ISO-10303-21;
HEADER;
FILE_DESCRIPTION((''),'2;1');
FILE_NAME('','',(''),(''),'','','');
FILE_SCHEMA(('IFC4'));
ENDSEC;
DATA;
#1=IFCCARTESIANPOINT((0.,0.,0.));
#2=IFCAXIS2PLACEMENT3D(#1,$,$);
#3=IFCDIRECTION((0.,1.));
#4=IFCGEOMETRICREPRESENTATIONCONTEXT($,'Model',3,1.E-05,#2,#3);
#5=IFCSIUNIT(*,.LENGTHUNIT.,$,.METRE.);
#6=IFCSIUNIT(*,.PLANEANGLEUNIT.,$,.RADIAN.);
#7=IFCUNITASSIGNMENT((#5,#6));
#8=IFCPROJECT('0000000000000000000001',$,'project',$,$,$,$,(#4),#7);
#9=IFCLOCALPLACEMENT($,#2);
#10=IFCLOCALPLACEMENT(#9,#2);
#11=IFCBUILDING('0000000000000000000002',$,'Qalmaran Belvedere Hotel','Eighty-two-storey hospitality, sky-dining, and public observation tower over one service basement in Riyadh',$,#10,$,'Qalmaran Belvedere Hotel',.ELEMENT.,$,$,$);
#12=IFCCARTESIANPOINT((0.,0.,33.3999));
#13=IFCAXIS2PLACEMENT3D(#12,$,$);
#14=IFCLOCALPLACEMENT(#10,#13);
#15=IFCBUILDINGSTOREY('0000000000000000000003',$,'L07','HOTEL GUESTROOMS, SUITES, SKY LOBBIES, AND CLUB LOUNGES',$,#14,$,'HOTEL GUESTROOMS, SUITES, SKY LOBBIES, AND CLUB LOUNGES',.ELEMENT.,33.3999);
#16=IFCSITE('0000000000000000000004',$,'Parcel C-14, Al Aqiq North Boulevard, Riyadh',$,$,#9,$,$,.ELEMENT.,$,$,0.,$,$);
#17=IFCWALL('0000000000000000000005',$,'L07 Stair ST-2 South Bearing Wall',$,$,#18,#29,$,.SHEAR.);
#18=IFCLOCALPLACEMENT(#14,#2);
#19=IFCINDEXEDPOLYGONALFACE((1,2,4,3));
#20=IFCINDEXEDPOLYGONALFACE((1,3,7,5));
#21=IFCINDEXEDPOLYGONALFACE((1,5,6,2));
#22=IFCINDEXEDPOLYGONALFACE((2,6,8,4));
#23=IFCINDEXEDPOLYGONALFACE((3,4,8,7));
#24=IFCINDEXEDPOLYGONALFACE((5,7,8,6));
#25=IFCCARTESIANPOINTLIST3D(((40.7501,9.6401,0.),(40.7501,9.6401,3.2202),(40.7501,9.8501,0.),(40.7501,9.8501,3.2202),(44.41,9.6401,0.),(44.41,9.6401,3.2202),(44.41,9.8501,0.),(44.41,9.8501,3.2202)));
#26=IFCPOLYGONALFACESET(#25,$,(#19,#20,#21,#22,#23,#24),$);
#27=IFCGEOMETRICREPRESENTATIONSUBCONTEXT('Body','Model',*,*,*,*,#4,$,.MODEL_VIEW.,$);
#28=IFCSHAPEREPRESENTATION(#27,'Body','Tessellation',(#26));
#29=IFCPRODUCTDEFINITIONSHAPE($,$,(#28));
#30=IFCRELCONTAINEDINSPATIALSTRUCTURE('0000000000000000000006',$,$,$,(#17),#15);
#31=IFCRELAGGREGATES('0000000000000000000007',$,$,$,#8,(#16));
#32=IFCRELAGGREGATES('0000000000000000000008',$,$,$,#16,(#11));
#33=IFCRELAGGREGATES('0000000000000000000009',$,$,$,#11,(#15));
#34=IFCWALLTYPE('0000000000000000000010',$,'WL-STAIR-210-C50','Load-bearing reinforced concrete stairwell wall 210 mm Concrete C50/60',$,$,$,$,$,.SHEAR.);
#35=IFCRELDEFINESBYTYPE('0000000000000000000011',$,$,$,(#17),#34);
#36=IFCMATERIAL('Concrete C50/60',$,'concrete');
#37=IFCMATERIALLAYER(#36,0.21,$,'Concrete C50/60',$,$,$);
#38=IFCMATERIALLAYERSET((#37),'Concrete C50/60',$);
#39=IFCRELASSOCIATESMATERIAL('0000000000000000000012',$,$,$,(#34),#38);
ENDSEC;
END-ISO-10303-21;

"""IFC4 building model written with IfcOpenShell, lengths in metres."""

from ifc_helpers import new_model, si_unit, direction, frame, frame_2d, origin, place, context, subcontext, project, spatial, rectangle, extrude, material, layer, layer_set, type_object, element, save


model = new_model("IFC4")

# Units and contexts
model_context = context("Model", 3, precision=1e-05, world=origin(), true_north=direction((0.0, 1.0)))
body_context = subcontext(model_context, "Body", "Model", "MODEL_VIEW")
ifc_project = project(units=[si_unit("LENGTHUNIT", "METRE"), si_unit("PLANEANGLEUNIT", "RADIAN")], contexts=[model_context])

# Site, building, storey
site_placement = place(None, origin())
site = spatial("IfcSite", under=ifc_project, at=site_placement, Name="Parcel C-14, Al Aqiq North Boulevard, Riyadh", CompositionType="ELEMENT", RefElevation=0.0)
building_placement = place(site_placement, origin())
building = spatial("IfcBuilding", under=site, at=building_placement, Name="Qalmaran Belvedere Hotel", Description="Eighty-two-storey hospitality, sky-dining, and public observation tower over one service basement in Riyadh", LongName="Qalmaran Belvedere Hotel", CompositionType="ELEMENT")
storey_placement = place(building_placement, frame((0.0, 0.0, 33.3999)))
storey = spatial("IfcBuildingStorey", under=building, at=storey_placement, Name="L07", Description="HOTEL GUESTROOMS, SUITES, SKY LOBBIES, AND CLUB LOUNGES", LongName="HOTEL GUESTROOMS, SUITES, SKY LOBBIES, AND CLUB LOUNGES", CompositionType="ELEMENT", Elevation=33.3999)

# Wall
ifc_material_1 = material(Name="Concrete C50/60", Category="concrete")
ifc_layer_1 = layer(ifc_material_1, 0.21, Name="Concrete C50/60")
ifc_layer_set_1 = layer_set([ifc_layer_1], Name="Concrete C50/60")
wall_type_1 = type_object("IfcWallType", Name="WL-STAIR-210-C50", Description="Load-bearing reinforced concrete stairwell wall 210 mm Concrete C50/60", PredefinedType="SHEAR", material=ifc_layer_set_1)
wall_1_placement = place(storey_placement, frame((40.75, 9.7451, 0.0), z_axis=(0.0, 0.0, 1.0), x_axis=(1.0, 0.0, 0.0)))
element("IfcWall", 1, at=wall_1_placement, inside=storey, type_object=wall_type_1, Name="L07 Stair ST-2 South Bearing Wall", PredefinedType="SHEAR", context=body_context, shape_type="SweptSolid", body=[
    extrude(rectangle(XDim=3.6599, YDim=0.21, at=frame_2d((1.8301, 0.0))), origin(), (0.0, 0.0, 1.0), 3.2202),
])

save(model, "model.ifc")
